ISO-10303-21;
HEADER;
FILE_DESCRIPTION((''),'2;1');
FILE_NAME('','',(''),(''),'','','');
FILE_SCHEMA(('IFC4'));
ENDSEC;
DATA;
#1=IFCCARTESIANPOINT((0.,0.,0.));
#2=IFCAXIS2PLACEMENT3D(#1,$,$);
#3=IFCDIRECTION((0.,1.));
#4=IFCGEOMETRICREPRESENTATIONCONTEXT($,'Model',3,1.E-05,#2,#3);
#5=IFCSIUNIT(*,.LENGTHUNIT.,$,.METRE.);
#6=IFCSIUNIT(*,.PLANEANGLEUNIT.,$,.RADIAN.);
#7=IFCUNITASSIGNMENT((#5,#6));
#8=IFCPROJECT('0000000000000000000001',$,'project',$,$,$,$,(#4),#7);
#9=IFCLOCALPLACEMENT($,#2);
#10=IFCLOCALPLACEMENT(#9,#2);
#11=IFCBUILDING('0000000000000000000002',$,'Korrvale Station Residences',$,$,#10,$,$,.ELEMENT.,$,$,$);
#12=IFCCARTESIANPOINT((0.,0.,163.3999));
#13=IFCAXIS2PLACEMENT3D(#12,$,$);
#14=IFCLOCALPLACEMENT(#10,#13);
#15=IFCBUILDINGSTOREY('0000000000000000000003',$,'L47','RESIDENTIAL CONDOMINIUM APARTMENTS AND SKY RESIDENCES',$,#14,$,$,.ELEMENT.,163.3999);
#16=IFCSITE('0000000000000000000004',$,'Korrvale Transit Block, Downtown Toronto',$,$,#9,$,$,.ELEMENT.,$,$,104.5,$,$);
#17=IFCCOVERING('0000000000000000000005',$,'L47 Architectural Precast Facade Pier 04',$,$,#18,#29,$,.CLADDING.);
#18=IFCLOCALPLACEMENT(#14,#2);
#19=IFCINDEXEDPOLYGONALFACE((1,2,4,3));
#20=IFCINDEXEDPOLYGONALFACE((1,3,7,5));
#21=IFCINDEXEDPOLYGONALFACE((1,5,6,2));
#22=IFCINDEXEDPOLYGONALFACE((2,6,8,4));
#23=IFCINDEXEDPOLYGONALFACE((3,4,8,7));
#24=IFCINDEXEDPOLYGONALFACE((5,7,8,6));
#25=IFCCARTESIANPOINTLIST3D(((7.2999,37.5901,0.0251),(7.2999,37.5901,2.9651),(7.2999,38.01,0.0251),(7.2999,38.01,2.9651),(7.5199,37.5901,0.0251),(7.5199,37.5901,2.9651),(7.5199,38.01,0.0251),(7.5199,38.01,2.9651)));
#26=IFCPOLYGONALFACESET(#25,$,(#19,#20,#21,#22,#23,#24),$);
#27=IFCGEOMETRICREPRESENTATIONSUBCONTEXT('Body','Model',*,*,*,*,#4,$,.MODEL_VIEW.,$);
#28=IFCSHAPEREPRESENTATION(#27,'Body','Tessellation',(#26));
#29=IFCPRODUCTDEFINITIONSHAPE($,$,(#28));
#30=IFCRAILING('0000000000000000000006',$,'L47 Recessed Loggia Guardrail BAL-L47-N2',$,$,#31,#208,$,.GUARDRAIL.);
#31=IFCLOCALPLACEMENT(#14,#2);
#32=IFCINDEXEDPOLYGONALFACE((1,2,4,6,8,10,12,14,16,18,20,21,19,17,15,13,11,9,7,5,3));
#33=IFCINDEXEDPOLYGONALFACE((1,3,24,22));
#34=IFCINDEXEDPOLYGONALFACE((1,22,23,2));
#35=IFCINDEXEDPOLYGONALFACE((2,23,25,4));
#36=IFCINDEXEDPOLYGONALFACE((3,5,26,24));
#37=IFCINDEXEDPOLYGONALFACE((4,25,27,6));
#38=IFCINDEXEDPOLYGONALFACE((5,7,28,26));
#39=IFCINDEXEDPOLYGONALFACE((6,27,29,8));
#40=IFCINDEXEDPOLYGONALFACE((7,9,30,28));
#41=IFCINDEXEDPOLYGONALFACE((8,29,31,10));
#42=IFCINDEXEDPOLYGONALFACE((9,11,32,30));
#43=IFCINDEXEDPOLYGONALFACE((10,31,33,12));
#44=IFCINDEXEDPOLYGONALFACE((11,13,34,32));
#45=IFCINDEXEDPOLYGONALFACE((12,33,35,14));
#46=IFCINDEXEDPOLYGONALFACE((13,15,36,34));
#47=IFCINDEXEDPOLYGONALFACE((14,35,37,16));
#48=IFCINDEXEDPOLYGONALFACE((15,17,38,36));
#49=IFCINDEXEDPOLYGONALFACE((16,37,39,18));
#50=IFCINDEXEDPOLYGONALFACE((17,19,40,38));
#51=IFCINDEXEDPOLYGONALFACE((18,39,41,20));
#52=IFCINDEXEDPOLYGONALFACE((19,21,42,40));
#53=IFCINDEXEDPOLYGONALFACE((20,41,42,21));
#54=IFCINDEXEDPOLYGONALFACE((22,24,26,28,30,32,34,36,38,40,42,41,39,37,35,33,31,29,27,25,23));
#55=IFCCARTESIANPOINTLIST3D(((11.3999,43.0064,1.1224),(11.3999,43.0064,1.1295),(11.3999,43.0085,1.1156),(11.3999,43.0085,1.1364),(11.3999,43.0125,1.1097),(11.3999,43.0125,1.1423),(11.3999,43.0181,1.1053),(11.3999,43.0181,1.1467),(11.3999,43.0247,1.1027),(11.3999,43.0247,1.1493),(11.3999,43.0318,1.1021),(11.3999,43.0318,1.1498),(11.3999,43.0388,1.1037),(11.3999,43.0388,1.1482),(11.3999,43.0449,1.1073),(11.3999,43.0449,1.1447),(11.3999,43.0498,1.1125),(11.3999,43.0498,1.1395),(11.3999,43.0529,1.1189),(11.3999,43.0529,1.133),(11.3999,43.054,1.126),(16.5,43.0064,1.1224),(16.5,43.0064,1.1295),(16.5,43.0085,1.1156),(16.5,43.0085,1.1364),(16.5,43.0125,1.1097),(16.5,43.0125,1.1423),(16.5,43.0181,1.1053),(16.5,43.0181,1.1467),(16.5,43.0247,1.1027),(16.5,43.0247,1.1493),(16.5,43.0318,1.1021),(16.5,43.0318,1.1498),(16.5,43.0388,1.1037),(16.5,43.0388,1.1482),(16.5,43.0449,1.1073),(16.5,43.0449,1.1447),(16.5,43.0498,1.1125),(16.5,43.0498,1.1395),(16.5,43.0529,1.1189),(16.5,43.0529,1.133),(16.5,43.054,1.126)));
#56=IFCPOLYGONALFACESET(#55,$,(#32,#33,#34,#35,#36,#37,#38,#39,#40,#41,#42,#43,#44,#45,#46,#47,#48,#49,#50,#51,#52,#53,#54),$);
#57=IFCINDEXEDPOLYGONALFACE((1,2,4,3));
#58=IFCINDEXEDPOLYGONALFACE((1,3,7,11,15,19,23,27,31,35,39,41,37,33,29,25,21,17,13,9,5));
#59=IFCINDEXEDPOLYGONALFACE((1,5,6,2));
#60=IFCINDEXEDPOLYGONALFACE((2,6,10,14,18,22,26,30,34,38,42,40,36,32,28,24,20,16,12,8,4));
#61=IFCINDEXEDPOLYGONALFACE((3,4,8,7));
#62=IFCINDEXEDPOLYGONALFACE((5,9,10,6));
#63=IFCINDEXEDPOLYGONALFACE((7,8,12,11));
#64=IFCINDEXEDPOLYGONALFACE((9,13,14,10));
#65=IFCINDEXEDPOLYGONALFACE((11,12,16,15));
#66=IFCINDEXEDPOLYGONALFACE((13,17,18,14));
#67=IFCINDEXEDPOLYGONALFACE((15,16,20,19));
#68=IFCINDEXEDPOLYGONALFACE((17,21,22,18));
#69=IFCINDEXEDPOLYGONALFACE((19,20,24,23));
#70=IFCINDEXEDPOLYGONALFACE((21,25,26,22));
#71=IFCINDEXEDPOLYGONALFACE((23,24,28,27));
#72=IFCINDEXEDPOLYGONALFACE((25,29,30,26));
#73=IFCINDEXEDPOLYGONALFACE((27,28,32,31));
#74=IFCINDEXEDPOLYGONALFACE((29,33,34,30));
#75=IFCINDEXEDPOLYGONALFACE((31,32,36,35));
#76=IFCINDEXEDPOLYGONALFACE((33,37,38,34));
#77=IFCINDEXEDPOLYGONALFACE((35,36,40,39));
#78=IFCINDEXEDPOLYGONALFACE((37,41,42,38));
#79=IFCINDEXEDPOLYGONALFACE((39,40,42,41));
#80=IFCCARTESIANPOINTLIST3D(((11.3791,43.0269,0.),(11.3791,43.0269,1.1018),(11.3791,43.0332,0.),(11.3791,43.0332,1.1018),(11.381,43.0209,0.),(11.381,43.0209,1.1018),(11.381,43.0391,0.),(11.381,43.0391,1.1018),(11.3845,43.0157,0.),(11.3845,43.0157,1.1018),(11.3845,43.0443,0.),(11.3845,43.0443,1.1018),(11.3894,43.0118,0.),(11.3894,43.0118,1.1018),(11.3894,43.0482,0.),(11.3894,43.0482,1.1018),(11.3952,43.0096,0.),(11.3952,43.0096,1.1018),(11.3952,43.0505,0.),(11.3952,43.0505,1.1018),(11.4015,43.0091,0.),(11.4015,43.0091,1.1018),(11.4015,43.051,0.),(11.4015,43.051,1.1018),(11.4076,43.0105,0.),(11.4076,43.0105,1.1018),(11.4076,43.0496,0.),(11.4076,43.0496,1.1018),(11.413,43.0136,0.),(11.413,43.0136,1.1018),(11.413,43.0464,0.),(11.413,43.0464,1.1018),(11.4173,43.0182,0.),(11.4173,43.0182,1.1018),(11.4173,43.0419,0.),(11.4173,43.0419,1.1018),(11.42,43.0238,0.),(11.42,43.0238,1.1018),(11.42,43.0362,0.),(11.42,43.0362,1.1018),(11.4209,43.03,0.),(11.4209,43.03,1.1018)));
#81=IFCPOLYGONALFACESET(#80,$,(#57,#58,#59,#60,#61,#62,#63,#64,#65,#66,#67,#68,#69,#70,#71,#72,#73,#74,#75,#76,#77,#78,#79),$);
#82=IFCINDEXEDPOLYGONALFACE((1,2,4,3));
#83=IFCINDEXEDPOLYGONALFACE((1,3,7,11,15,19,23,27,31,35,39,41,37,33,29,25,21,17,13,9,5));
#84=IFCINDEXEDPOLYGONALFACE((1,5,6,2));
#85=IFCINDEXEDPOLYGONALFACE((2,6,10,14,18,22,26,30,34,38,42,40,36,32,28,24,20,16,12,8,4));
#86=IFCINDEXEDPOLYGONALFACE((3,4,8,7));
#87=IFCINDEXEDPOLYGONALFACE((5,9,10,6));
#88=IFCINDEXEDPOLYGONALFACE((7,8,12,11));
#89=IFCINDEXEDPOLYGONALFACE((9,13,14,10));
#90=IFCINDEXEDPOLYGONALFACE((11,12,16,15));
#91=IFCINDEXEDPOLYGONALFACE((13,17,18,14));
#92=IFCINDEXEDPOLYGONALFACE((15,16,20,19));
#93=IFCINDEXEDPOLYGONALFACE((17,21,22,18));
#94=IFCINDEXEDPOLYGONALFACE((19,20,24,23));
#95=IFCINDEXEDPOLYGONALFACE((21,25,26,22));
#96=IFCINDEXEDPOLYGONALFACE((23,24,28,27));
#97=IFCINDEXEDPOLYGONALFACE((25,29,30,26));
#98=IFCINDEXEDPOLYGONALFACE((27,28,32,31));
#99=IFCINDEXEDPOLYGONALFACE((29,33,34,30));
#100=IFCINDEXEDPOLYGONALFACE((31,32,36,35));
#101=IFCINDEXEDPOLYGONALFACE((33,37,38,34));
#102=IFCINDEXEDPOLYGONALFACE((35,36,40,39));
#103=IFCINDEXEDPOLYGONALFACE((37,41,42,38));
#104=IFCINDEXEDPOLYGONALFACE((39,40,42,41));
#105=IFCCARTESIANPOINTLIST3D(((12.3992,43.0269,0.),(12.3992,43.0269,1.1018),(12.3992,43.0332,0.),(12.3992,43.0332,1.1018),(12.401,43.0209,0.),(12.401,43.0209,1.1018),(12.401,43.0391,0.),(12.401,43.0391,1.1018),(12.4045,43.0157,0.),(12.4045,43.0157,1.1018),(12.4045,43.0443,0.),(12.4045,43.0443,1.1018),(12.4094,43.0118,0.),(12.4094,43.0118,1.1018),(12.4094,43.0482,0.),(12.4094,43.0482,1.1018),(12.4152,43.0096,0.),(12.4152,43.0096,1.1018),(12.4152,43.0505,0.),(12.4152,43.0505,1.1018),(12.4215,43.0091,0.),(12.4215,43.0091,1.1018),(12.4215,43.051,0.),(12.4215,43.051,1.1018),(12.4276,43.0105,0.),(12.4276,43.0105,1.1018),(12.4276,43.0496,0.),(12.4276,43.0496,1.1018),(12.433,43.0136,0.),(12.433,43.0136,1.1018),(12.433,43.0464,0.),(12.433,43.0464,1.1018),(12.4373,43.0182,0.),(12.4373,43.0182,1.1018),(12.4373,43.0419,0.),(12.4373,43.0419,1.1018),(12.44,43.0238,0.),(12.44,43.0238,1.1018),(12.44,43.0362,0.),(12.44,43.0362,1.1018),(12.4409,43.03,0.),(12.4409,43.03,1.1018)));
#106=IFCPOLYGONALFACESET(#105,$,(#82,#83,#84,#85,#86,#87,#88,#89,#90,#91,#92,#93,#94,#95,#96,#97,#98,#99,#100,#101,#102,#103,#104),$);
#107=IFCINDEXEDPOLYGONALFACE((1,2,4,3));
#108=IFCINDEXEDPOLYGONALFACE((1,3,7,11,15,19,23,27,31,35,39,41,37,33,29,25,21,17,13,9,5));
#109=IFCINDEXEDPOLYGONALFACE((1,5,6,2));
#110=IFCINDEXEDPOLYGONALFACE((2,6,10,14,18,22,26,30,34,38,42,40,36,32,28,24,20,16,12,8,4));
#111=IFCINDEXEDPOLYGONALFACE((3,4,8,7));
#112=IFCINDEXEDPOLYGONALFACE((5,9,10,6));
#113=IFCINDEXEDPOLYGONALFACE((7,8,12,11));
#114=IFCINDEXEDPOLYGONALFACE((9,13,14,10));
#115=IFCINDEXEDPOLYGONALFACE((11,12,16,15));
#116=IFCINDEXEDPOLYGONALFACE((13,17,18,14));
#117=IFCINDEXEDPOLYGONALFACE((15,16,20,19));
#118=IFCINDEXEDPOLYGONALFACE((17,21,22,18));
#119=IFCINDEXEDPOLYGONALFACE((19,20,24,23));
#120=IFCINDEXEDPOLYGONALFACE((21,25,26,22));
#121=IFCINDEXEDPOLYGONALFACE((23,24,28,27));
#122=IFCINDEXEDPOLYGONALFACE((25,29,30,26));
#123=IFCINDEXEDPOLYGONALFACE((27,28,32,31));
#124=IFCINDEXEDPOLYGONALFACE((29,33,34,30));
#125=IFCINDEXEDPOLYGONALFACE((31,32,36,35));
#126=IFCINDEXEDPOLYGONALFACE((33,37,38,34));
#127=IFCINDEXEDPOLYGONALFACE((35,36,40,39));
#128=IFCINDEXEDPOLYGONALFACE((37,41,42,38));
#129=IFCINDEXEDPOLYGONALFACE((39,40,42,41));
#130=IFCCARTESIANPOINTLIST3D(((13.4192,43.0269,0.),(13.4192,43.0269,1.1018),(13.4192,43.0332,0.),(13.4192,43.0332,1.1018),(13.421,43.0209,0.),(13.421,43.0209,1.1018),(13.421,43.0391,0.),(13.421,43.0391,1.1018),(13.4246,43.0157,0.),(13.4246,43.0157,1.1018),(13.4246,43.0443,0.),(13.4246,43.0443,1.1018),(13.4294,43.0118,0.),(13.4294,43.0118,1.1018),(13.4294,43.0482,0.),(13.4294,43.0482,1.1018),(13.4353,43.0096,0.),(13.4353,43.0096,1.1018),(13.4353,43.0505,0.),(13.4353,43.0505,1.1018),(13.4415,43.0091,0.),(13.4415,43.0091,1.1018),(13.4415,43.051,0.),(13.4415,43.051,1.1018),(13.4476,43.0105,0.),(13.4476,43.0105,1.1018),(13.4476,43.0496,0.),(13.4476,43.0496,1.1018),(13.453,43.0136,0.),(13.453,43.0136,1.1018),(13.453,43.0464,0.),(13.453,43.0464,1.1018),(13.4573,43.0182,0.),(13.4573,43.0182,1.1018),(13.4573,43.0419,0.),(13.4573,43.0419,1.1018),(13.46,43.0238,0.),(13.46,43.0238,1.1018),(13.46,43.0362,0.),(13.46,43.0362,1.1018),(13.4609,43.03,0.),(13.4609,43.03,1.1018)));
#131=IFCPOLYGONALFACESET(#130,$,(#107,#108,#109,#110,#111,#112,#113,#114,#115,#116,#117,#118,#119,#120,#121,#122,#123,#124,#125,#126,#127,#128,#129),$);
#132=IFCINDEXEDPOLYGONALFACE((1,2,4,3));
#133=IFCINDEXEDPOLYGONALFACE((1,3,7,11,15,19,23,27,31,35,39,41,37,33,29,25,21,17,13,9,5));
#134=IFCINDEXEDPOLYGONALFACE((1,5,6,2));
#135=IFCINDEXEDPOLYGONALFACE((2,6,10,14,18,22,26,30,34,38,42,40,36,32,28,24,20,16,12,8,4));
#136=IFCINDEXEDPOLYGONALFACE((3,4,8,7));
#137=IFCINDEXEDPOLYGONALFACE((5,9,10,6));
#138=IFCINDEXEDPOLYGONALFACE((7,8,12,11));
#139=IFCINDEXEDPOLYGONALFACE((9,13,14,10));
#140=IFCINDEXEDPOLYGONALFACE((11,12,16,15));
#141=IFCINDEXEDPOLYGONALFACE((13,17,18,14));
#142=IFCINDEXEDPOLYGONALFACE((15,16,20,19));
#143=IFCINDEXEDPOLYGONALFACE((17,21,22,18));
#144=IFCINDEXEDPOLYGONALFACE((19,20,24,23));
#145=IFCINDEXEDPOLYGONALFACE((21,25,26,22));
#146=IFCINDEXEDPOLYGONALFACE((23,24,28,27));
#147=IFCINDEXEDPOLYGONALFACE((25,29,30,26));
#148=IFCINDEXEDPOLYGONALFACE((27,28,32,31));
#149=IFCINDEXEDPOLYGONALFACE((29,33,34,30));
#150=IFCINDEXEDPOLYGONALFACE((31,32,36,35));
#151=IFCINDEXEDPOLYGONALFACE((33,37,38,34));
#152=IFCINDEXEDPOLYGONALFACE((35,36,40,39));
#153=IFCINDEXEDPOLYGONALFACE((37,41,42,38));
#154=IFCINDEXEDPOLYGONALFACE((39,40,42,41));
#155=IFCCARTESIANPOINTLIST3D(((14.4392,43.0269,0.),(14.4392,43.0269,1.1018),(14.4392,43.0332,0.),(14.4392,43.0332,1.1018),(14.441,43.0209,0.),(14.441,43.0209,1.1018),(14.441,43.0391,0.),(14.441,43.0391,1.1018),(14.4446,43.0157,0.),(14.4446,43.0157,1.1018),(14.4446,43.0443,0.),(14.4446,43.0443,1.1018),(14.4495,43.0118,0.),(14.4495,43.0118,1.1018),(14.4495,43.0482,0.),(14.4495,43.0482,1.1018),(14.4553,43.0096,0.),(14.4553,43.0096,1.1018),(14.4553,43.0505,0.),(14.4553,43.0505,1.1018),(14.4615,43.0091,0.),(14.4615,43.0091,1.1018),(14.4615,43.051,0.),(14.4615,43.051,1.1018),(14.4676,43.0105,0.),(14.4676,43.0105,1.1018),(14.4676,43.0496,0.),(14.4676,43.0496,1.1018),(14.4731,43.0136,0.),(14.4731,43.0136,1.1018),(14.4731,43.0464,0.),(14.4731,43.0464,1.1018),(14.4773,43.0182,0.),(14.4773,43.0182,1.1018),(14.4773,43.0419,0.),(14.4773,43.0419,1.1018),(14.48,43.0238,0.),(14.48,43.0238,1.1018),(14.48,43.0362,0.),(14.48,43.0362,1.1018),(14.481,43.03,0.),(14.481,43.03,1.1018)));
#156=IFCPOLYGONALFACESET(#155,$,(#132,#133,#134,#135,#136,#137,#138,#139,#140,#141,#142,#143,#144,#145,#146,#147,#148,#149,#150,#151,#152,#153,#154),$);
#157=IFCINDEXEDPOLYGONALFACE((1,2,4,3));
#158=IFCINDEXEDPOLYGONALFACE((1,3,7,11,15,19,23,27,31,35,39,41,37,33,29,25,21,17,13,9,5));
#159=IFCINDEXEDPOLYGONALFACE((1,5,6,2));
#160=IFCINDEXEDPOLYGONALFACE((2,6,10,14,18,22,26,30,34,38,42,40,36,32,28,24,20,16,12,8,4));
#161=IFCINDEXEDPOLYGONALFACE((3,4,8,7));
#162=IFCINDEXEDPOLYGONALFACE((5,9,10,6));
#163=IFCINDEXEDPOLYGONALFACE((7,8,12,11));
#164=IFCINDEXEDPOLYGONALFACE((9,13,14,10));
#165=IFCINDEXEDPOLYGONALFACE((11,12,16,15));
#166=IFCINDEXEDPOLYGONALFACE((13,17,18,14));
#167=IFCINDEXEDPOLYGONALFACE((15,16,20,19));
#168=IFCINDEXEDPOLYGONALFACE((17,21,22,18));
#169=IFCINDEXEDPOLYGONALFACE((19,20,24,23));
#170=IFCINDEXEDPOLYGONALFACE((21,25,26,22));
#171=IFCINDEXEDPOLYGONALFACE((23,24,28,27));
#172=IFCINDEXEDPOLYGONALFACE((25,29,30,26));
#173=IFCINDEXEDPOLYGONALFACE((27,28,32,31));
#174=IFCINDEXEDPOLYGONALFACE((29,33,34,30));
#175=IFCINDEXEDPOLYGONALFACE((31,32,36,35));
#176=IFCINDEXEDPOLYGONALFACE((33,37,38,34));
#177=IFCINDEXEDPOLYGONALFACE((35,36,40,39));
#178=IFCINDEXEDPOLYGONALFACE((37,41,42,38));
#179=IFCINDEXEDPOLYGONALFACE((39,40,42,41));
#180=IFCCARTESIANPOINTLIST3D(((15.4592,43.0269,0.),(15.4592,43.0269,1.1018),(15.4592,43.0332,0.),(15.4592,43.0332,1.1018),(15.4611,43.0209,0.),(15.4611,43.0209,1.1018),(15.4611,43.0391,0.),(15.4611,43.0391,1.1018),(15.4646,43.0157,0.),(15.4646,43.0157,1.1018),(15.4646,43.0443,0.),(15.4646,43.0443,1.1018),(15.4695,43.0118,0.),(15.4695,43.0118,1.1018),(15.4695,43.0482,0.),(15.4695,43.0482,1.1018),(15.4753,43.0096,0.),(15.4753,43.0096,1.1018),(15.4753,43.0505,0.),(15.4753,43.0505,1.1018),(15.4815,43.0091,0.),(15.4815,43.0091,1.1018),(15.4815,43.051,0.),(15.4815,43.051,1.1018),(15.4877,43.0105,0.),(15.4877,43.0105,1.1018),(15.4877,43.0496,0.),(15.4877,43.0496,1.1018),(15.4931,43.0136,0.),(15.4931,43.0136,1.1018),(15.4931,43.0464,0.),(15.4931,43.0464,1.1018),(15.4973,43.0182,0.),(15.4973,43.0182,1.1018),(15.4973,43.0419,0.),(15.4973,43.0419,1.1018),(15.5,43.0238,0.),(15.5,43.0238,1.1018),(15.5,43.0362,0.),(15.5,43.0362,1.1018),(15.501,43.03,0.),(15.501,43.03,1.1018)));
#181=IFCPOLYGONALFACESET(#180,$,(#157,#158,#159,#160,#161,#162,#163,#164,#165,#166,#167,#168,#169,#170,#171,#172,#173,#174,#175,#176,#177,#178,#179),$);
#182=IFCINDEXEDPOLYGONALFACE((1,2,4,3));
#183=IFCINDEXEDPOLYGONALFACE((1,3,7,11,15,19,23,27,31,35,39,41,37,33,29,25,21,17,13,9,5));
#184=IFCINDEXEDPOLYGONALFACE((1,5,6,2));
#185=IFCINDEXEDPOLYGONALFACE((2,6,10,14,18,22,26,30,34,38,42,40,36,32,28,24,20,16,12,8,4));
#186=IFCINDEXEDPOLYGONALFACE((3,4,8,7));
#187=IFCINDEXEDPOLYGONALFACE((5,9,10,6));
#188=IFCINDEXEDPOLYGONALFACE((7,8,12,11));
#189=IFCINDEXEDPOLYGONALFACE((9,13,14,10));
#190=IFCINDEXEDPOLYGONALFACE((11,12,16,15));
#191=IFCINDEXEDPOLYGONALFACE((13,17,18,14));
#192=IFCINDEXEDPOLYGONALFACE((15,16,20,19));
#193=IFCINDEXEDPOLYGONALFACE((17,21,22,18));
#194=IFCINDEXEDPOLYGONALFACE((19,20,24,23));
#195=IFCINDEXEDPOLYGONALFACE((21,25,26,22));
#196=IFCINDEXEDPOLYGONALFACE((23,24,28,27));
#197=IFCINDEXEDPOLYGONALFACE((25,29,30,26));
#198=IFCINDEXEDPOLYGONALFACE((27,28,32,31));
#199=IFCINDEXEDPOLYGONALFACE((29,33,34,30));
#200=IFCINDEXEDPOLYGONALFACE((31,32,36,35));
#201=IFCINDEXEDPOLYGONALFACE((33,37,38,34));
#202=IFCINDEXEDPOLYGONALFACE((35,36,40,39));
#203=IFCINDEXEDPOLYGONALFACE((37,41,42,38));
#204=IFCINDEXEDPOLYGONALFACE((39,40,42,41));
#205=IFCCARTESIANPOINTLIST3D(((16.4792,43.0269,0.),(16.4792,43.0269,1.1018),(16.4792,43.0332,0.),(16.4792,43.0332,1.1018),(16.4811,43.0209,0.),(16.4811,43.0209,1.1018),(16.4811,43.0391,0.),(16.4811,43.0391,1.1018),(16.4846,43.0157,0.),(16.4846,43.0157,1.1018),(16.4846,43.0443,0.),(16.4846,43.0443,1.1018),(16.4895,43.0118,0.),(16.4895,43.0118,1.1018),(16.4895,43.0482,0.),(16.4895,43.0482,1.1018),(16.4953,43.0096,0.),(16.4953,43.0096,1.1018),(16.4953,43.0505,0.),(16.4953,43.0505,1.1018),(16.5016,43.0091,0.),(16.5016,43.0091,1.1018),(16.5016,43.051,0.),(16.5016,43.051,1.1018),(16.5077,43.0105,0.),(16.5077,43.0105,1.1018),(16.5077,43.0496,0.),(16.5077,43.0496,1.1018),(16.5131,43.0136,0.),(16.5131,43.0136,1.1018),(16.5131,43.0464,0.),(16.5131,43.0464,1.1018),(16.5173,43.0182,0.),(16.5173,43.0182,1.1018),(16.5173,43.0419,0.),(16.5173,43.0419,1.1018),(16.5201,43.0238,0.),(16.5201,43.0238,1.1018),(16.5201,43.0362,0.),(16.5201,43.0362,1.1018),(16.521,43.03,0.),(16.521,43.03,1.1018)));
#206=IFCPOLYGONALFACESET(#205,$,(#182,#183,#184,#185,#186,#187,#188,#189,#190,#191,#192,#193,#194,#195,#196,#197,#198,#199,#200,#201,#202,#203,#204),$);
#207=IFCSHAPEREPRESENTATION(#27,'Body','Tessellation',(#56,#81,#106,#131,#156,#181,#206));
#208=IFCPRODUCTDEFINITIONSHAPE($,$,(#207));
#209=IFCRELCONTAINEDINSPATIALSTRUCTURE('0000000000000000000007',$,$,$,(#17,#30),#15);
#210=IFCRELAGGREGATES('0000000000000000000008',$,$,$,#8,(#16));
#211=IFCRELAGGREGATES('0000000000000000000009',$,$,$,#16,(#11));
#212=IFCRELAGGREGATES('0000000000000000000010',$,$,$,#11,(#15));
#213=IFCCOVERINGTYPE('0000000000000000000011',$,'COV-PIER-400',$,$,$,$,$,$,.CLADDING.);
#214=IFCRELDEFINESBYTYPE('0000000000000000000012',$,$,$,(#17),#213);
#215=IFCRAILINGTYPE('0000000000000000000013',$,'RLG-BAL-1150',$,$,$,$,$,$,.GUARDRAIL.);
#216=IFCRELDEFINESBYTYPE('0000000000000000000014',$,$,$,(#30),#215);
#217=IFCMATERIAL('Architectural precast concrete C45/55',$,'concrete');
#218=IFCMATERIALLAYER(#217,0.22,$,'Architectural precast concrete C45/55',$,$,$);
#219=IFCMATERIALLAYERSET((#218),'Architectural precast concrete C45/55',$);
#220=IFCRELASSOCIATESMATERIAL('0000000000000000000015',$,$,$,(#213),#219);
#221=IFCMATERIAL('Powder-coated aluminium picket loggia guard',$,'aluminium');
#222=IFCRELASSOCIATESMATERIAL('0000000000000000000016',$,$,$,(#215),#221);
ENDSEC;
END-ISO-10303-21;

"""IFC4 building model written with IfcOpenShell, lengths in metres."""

from ifc_helpers import new_model, si_unit, direction, frame, origin, origin_2d, place, context, subcontext, project, spatial, rectangle, circle, extrude, material, layer, layer_set, type_object, element, save


model = new_model("IFC4")

# Units and contexts
model_context = context("Model", 3, precision=1e-05, world=origin(), true_north=direction((0.0, 1.0)))
body_context = subcontext(model_context, "Body", "Model", "MODEL_VIEW")
ifc_project = project(units=[si_unit("LENGTHUNIT", "METRE"), si_unit("PLANEANGLEUNIT", "RADIAN")], contexts=[model_context])

# Site, building, storey
site_placement = place(None, origin())
site = spatial("IfcSite", under=ifc_project, at=site_placement, Name="Korrvale Transit Block, Downtown Toronto", CompositionType="ELEMENT", RefElevation=104.5)
building_placement = place(site_placement, origin())
building = spatial("IfcBuilding", under=site, at=building_placement, Name="Korrvale Station Residences", CompositionType="ELEMENT")
storey_placement = place(building_placement, frame((0.0, 0.0, 163.3999)))
storey = spatial("IfcBuildingStorey", under=building, at=storey_placement, Name="L47", Description="RESIDENTIAL CONDOMINIUM APARTMENTS AND SKY RESIDENCES", CompositionType="ELEMENT", Elevation=163.3999)

# Covering
ifc_material_1 = material(Name="Architectural precast concrete C45/55", Category="concrete")
ifc_layer_1 = layer(ifc_material_1, 0.22, Name="Architectural precast concrete C45/55")
ifc_layer_set_1 = layer_set([ifc_layer_1], Name="Architectural precast concrete C45/55")
covering_type = type_object("IfcCoveringType", Name="COV-PIER-400", PredefinedType="CLADDING", material=ifc_layer_set_1)
covering_placement = place(storey_placement, frame((7.4099, 37.8, 0.0251), z_axis=(0.0, 0.0, 1.0), x_axis=(0.0, 1.0, 0.0)))
element("IfcCovering", 1, at=covering_placement, inside=storey, type_object=covering_type, Name="L47 Architectural Precast Facade Pier 04", PredefinedType="CLADDING", context=body_context, shape_type="SweptSolid", body=[
    extrude(rectangle(XDim=0.4199, YDim=0.22, at=origin_2d()), origin(), (0.0, 0.0, 1.0), 2.9399),
])

# Railing
ifc_material_2 = material(Name="Powder-coated aluminium picket loggia guard", Category="aluminium")
railing_type = type_object("IfcRailingType", Name="RLG-BAL-1150", PredefinedType="GUARDRAIL", material=ifc_material_2)
railing_placement = place(storey_placement, frame((11.3999, 43.03, 0.0)))
element("IfcRailing", 2, at=railing_placement, inside=storey, type_object=railing_type, Name="L47 Recessed Loggia Guardrail BAL-L47-N2", PredefinedType="GUARDRAIL", context=body_context, shape_type="SweptSolid", body=[
    extrude(circle(Radius=0.0239, at=origin_2d()), frame((0.0, 0.0, 1.126), z_axis=(1.0, 0.0, 0.0), x_axis=(0.0, 1.0, 0.0)), (0.0, 0.0, 1.0), 5.1001),
    extrude(circle(Radius=0.021, at=origin_2d()), origin(), (0.0, 0.0, 1.0), 1.1018),
    extrude(circle(Radius=0.021, at=origin_2d()), frame((1.02, 0.0, 0.0)), (0.0, 0.0, 1.0), 1.1018),
    extrude(circle(Radius=0.021, at=origin_2d()), frame((2.04, 0.0, 0.0)), (0.0, 0.0, 1.0), 1.1018),
    extrude(circle(Radius=0.021, at=origin_2d()), frame((3.0601, 0.0, 0.0)), (0.0, 0.0, 1.0), 1.1018),
    extrude(circle(Radius=0.021, at=origin_2d()), frame((4.0801, 0.0, 0.0)), (0.0, 0.0, 1.0), 1.1018),
    extrude(circle(Radius=0.021, at=origin_2d()), frame((5.1001, 0.0, 0.0)), (0.0, 0.0, 1.0), 1.1018),
])

save(model, "model.ifc")
